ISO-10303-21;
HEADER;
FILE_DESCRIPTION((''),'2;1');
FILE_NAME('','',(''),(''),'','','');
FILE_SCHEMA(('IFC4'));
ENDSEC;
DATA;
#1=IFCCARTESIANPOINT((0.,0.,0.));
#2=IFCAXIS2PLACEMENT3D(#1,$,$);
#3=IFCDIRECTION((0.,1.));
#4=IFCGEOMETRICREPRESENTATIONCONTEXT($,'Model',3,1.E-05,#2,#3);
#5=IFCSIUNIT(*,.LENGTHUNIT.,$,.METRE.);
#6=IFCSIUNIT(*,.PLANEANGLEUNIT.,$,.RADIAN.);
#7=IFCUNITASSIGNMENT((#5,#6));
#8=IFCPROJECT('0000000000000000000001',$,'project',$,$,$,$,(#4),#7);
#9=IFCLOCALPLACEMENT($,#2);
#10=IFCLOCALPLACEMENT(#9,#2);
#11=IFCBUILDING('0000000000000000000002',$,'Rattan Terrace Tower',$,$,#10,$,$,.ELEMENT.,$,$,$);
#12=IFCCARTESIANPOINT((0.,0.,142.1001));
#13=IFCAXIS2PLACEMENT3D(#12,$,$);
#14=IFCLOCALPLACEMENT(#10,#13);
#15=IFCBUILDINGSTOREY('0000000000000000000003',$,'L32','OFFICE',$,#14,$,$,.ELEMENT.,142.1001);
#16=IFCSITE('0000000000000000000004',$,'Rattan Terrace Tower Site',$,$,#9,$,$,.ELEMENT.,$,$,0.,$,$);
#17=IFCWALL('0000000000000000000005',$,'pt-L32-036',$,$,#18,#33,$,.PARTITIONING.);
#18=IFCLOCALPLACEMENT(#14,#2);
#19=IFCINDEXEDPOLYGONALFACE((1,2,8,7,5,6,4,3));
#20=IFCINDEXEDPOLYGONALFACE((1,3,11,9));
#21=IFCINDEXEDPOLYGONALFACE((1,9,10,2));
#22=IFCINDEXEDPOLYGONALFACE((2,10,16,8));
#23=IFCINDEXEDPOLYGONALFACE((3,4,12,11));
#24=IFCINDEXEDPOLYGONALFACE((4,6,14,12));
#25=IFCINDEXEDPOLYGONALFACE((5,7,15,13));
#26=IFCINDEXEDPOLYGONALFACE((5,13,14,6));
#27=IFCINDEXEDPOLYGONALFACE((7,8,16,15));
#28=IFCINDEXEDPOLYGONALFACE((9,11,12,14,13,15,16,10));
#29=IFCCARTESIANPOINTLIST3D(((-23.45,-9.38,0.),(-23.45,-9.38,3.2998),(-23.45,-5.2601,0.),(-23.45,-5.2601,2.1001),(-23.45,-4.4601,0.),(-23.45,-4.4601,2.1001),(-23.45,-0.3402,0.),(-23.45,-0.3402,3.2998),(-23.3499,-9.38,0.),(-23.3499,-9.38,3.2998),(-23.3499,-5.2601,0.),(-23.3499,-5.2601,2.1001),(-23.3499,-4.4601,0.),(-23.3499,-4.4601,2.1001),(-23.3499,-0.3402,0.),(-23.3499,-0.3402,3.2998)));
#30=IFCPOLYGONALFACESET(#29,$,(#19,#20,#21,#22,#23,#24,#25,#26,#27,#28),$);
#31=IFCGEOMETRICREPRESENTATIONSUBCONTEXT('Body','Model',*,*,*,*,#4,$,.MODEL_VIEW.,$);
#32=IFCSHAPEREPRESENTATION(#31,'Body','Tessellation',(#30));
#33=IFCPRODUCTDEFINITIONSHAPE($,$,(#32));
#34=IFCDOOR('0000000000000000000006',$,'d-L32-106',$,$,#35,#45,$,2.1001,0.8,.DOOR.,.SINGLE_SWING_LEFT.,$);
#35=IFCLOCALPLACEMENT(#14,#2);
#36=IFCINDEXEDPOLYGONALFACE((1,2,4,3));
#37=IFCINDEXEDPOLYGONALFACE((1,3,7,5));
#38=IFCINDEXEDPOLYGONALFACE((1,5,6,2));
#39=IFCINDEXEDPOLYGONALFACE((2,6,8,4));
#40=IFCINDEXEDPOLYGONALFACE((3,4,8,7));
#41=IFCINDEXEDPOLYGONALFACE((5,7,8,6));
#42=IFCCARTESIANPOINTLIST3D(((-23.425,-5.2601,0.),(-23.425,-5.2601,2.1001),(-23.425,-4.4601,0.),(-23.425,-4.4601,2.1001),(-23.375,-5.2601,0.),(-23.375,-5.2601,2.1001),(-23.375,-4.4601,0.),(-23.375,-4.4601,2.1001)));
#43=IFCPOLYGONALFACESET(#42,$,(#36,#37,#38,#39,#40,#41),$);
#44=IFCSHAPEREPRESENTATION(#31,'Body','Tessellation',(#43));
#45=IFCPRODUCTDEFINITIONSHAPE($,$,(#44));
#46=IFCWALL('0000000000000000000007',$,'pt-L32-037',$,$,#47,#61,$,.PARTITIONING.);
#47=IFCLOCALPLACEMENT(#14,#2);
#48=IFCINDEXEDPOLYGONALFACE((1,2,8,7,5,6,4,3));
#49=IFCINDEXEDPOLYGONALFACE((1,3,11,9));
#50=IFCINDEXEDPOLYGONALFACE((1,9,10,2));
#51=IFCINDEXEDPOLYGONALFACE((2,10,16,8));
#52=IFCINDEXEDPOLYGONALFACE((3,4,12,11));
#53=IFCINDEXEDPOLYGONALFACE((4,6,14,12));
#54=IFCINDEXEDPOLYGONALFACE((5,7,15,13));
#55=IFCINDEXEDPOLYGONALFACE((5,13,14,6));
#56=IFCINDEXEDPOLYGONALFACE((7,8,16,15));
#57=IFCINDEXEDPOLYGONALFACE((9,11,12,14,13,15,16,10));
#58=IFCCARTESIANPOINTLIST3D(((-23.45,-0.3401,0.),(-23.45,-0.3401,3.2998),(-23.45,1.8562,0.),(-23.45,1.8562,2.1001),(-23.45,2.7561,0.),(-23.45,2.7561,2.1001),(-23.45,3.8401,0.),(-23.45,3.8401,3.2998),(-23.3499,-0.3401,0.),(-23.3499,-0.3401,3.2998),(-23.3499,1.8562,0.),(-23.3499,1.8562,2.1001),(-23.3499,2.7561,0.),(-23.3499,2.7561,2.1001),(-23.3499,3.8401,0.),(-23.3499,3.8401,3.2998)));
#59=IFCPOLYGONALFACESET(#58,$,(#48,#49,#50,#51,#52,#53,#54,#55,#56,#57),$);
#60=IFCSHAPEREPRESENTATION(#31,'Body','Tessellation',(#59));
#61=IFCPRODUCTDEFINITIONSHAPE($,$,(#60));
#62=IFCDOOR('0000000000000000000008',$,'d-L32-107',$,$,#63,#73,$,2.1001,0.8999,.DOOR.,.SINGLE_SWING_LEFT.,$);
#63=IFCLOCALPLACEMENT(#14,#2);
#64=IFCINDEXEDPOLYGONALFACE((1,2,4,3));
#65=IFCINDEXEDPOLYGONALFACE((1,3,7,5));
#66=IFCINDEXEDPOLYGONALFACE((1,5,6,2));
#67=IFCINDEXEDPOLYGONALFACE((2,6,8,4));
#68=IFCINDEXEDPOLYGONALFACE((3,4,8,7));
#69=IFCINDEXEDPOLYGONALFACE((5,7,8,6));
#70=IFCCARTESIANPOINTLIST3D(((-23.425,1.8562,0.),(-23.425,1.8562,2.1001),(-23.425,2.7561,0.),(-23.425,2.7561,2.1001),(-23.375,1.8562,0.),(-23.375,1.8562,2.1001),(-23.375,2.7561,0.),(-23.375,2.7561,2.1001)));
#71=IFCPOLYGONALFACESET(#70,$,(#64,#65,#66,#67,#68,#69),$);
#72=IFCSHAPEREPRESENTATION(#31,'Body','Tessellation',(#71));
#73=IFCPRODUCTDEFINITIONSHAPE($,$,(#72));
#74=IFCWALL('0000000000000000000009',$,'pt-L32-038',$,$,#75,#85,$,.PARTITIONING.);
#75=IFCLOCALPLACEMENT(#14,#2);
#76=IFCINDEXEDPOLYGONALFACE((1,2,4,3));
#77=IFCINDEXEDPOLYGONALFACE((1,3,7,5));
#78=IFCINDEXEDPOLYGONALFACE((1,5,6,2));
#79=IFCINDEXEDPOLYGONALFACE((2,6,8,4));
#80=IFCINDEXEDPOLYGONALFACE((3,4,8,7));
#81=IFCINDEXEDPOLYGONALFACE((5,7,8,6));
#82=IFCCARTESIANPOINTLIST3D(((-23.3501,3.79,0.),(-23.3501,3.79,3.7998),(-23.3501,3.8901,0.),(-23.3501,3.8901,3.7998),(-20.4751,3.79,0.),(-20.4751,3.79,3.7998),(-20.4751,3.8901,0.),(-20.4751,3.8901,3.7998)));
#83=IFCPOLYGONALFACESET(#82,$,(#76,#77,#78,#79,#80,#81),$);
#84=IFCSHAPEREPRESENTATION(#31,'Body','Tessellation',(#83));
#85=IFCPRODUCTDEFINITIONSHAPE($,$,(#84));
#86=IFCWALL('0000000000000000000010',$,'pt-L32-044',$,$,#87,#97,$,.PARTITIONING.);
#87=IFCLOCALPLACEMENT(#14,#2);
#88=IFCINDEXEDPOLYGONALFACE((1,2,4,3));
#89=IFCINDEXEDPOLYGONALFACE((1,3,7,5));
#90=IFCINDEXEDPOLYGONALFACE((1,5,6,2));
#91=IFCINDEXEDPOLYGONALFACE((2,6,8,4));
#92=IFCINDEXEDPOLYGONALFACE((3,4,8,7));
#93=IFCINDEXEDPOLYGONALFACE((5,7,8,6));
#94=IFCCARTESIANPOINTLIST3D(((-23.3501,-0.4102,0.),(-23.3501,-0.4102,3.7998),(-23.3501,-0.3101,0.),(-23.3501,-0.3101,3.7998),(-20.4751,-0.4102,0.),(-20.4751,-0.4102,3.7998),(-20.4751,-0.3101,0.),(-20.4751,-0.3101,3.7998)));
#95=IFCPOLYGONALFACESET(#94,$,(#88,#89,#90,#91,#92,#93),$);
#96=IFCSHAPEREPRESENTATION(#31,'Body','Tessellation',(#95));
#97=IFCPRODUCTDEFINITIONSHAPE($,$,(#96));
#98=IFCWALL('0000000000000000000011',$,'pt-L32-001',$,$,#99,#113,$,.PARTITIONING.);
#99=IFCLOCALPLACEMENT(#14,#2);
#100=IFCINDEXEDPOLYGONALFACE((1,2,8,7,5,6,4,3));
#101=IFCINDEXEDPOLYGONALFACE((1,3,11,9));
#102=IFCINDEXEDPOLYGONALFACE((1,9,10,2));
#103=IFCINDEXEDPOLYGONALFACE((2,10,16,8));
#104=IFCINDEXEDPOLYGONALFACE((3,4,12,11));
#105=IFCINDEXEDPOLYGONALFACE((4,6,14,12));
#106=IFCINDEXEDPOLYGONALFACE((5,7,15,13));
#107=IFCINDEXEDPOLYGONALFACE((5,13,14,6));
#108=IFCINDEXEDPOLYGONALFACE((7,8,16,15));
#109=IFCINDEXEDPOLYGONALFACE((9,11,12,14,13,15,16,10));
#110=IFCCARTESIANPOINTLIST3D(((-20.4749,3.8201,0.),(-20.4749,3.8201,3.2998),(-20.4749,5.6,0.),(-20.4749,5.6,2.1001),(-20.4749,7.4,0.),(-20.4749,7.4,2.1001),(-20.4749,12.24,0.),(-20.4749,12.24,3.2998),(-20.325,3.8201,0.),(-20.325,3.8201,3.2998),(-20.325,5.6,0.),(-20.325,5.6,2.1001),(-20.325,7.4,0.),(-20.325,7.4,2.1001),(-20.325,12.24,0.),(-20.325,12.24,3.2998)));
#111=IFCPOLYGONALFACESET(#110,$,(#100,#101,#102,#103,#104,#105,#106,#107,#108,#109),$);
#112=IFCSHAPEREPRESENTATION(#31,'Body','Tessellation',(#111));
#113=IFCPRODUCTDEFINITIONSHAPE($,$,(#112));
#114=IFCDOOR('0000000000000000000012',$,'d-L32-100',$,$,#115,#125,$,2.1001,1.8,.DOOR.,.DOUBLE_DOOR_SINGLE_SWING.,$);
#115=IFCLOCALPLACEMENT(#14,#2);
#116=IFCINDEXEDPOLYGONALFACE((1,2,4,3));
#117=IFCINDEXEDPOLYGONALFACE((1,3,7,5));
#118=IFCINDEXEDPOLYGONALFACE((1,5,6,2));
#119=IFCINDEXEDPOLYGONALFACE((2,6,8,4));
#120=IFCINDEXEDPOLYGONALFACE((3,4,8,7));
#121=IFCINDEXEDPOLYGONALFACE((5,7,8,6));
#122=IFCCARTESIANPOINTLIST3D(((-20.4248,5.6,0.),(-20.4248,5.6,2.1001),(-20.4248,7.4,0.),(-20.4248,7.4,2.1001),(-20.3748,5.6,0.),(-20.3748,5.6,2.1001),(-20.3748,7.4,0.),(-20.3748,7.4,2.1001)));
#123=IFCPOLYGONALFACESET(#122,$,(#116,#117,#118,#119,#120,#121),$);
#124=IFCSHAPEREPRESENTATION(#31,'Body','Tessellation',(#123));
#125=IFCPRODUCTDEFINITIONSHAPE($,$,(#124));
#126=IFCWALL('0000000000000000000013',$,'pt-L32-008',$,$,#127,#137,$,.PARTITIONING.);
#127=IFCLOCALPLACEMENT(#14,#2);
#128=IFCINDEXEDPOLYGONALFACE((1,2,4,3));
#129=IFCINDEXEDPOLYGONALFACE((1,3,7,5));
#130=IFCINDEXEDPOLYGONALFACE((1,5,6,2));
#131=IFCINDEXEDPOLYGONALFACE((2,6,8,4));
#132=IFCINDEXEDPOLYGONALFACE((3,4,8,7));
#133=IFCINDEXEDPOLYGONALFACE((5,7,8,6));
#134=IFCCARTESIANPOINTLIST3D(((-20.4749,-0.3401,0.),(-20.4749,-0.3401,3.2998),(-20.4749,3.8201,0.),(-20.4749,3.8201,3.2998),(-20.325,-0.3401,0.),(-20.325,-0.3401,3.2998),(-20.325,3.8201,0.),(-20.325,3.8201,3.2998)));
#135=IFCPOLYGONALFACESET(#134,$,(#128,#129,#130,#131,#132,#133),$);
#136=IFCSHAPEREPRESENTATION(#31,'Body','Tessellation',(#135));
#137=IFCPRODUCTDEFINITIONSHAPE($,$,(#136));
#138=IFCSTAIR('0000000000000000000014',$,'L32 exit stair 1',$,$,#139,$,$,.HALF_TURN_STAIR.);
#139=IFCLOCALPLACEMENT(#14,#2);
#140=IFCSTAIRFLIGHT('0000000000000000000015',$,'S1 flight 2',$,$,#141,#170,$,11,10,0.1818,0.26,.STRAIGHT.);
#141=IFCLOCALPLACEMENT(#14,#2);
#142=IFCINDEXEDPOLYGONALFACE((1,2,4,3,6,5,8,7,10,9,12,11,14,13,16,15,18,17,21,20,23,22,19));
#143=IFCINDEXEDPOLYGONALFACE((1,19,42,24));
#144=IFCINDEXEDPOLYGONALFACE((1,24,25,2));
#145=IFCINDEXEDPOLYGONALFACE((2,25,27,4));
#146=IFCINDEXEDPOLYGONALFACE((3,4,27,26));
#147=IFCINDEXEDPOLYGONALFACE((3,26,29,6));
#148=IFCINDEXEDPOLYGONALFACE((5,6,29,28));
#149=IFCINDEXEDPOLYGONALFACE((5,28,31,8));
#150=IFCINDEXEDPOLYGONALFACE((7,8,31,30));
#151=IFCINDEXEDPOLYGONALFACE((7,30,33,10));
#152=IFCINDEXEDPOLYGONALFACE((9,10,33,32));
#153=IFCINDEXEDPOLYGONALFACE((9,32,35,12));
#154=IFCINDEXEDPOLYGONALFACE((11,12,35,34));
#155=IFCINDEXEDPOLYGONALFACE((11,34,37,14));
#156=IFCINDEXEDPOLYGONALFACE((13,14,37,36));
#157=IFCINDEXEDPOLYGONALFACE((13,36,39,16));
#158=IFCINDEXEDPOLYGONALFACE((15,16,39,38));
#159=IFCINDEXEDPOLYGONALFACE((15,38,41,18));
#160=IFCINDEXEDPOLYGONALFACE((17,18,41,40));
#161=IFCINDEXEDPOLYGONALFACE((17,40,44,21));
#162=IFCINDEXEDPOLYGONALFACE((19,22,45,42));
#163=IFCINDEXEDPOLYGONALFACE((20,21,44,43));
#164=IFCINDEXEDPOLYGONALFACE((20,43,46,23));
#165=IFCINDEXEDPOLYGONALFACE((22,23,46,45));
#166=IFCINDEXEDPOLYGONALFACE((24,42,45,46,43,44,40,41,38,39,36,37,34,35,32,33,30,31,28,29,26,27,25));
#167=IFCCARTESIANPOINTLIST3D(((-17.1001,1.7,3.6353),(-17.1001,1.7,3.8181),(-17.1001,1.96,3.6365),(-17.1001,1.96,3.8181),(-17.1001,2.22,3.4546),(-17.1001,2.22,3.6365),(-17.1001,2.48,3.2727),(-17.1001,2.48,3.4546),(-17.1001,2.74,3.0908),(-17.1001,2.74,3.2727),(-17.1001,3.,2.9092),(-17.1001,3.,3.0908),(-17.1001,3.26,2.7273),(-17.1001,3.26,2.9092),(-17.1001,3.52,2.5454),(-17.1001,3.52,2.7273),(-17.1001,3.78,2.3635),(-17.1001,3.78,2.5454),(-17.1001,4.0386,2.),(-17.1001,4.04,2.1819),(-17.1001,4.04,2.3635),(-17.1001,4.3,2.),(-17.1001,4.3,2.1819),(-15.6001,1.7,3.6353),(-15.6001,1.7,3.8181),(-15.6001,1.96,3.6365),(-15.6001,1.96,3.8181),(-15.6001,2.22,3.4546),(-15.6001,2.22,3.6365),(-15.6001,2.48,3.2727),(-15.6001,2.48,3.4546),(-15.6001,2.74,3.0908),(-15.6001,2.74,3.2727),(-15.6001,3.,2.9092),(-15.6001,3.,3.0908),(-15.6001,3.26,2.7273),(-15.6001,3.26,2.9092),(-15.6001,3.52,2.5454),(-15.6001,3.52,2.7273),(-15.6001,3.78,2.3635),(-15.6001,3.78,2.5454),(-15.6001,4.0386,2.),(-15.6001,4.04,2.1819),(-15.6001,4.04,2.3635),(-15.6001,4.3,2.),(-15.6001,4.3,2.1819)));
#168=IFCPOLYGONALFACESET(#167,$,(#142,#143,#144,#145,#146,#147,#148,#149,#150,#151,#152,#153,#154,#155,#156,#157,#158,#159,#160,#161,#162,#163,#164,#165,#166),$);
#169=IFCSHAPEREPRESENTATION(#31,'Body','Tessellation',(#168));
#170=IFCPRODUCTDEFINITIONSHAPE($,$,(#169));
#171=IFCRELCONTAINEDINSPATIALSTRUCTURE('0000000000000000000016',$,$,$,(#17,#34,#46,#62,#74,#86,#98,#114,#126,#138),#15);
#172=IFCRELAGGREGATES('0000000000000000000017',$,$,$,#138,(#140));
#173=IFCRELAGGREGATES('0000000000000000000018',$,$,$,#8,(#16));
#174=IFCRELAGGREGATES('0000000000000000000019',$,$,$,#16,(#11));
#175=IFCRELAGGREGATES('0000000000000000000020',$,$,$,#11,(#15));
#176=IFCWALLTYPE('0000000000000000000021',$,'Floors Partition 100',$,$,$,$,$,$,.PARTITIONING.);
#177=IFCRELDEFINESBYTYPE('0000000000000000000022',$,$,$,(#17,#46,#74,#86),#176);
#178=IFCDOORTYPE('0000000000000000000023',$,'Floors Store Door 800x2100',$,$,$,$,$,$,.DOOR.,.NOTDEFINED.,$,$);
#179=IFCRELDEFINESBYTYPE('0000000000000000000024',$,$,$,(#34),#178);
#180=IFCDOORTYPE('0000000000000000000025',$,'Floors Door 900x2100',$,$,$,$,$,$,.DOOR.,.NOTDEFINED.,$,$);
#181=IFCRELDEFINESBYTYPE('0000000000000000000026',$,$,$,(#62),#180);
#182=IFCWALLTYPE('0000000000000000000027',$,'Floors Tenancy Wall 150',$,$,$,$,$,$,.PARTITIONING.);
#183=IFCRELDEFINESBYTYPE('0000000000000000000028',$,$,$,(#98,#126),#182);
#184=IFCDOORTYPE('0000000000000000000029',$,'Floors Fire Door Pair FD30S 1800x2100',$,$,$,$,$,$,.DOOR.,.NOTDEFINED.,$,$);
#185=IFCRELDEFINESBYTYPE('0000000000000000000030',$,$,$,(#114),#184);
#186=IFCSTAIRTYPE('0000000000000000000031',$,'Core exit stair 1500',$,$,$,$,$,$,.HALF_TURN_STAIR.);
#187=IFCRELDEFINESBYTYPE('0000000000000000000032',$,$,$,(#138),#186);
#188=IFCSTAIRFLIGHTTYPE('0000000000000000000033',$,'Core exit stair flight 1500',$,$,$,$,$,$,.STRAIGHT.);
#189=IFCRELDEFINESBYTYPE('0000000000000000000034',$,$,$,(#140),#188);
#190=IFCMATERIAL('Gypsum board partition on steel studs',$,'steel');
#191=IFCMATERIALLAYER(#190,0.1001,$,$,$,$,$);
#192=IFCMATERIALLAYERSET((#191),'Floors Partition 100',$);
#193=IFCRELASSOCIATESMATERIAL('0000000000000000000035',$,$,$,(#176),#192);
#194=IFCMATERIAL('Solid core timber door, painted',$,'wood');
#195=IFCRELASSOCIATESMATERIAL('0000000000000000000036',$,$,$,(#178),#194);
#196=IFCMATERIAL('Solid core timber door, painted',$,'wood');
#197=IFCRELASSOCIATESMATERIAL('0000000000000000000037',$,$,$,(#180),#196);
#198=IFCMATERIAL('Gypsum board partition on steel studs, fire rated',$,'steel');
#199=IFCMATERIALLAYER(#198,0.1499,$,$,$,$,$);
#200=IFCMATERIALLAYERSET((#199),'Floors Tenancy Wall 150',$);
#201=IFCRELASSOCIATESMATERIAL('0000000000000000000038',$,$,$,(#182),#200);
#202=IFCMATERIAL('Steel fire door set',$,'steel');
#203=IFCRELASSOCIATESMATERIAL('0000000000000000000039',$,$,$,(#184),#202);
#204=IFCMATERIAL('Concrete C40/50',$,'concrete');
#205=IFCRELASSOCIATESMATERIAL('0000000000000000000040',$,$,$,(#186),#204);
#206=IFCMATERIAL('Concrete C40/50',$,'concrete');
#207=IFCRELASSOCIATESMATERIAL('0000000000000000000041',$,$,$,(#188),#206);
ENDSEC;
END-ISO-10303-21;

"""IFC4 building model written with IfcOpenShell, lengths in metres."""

from ifc_helpers import new_model, si_unit, direction, frame, frame_2d, origin, place, context, subcontext, project, spatial, polyline, rectangle, outline, extrude, material, layer, layer_set, type_object, element, fill, aggregate, save


model = new_model("IFC4")

# Units and contexts
model_context = context("Model", 3, precision=1e-05, world=origin(), true_north=direction((0.0, 1.0)))
body_context = subcontext(model_context, "Body", "Model", "MODEL_VIEW")
ifc_project = project(units=[si_unit("LENGTHUNIT", "METRE"), si_unit("PLANEANGLEUNIT", "RADIAN")], contexts=[model_context])

# Site, building, storey
site_placement = place(None, origin())
site = spatial("IfcSite", under=ifc_project, at=site_placement, Name="Rattan Terrace Tower Site", CompositionType="ELEMENT", RefElevation=0.0)
building_placement = place(site_placement, origin())
building = spatial("IfcBuilding", under=site, at=building_placement, Name="Rattan Terrace Tower", CompositionType="ELEMENT")
storey_placement = place(building_placement, frame((0.0, 0.0, 142.1001)))
storey = spatial("IfcBuildingStorey", under=building, at=storey_placement, Name="L32", Description="OFFICE", CompositionType="ELEMENT", Elevation=142.1001)

# Walls, openings, doors
ifc_material_1 = material(Name="Gypsum board partition on steel studs", Category="steel")
ifc_layer_1 = layer(ifc_material_1, 0.1001)
ifc_layer_set_1 = layer_set([ifc_layer_1], Name="Floors Partition 100")
wall_type_1 = type_object("IfcWallType", Name="Floors Partition 100", PredefinedType="PARTITIONING", material=ifc_layer_set_1)
wall_1_placement = place(storey_placement, frame((-23.3999, -0.3401, 0.0), z_axis=(0.0, 0.0, 1.0), x_axis=(0.0, -1.0, 0.0)))
wall_1 = element("IfcWall", 1, at=wall_1_placement, inside=storey, type_object=wall_type_1, Name="pt-L32-036", PredefinedType="PARTITIONING", context=body_context, shape_type="SweptSolid", body=[
    extrude(rectangle(XDim=9.0398, YDim=0.1001, at=frame_2d((4.52, 0.0))), origin(), (0.0, 0.0, 1.0), 3.2998),
])
opening_1_placement = place(wall_1_placement, frame((4.1201, 0.0, 0.0)))
opening_1 = element("IfcOpeningElement", 2, at=opening_1_placement, cuts=wall_1, PredefinedType="OPENING", context=body_context, shape_type="SweptSolid", body=[
    extrude(rectangle(XDim=0.8, YDim=2.1001, at=frame_2d((0.3999, 1.05))), frame((0.0, 0.0605, 0.0), z_axis=(0.0, -1.0, 0.0), x_axis=(1.0, 0.0, 0.0)), (0.0, 0.0, 1.0), 0.1211),
])
ifc_material_2 = material(Name="Solid core timber door, painted", Category="wood")
door_type_1 = type_object("IfcDoorType", Name="Floors Store Door 800x2100", OperationType="NOTDEFINED", PredefinedType="DOOR", material=ifc_material_2)
door_1_placement = place(opening_1_placement, origin())
door_1 = element("IfcDoor", 3, at=door_1_placement, inside=storey, type_object=door_type_1, Name="d-L32-106", OperationType="SINGLE_SWING_LEFT", OverallHeight=2.1001, OverallWidth=0.8, PredefinedType="DOOR", context=body_context, shape_type="SweptSolid", body=[
    extrude(rectangle(XDim=0.8, YDim=2.1001, at=frame_2d((0.3999, 1.05))), frame((0.0, 0.0249, 0.0), z_axis=(0.0, -1.0, 0.0), x_axis=(1.0, 0.0, 0.0)), (0.0, 0.0, 1.0), 0.05),
])
fill(opening_1, door_1)
wall_2_placement = place(storey_placement, frame((-23.3999, 3.8401, 0.0), z_axis=(0.0, 0.0, 1.0), x_axis=(0.0, -1.0, 0.0)))
wall_2 = element("IfcWall", 4, at=wall_2_placement, inside=storey, type_object=wall_type_1, Name="pt-L32-037", PredefinedType="PARTITIONING", context=body_context, shape_type="SweptSolid", body=[
    extrude(rectangle(XDim=4.1802, YDim=0.1001, at=frame_2d((2.0901, 0.0))), origin(), (0.0, 0.0, 1.0), 3.2998),
])
opening_2_placement = place(wall_2_placement, frame((1.084, 0.0, 0.0)))
opening_2 = element("IfcOpeningElement", 5, at=opening_2_placement, cuts=wall_2, PredefinedType="OPENING", context=body_context, shape_type="SweptSolid", body=[
    extrude(rectangle(XDim=0.8999, YDim=2.1001, at=frame_2d((0.45, 1.05))), frame((0.0, 0.0605, 0.0), z_axis=(0.0, -1.0, 0.0), x_axis=(1.0, 0.0, 0.0)), (0.0, 0.0, 1.0), 0.1211),
])
ifc_material_3 = material(Name="Solid core timber door, painted", Category="wood")
door_type_2 = type_object("IfcDoorType", Name="Floors Door 900x2100", OperationType="NOTDEFINED", PredefinedType="DOOR", material=ifc_material_3)
door_2_placement = place(opening_2_placement, origin())
door_2 = element("IfcDoor", 6, at=door_2_placement, inside=storey, type_object=door_type_2, Name="d-L32-107", OperationType="SINGLE_SWING_LEFT", OverallHeight=2.1001, OverallWidth=0.8999, PredefinedType="DOOR", context=body_context, shape_type="SweptSolid", body=[
    extrude(rectangle(XDim=0.8999, YDim=2.1001, at=frame_2d((0.45, 1.05))), frame((0.0, 0.0249, 0.0), z_axis=(0.0, -1.0, 0.0), x_axis=(1.0, 0.0, 0.0)), (0.0, 0.0, 1.0), 0.05),
])
fill(opening_2, door_2)

# Walls
for number, where, z_axis, x_axis, name in (
    (7, (-20.4751, 3.8401, 0.0), (0.0, 0.0, 1.0), (-1.0, 0.0, 0.0), "pt-L32-038"),
    (8, (-23.3501, -0.3601, 0.0), (0.0, 0.0, 1.0), (1.0, 0.0, 0.0), "pt-L32-044"),
):
    element("IfcWall", number, at=place(storey_placement, frame(where, z_axis=z_axis, x_axis=x_axis)), inside=storey, type_object=wall_type_1, Name=name, PredefinedType="PARTITIONING", context=body_context, shape_type="SweptSolid", body=[
        extrude(rectangle(XDim=2.875, YDim=0.1001, at=frame_2d((1.4375, 0.0))), origin(), (0.0, 0.0, 1.0), 3.7998),
    ])

# Wall, opening, door
ifc_material_4 = material(Name="Gypsum board partition on steel studs, fire rated", Category="steel")
ifc_layer_2 = layer(ifc_material_4, 0.1499)
ifc_layer_set_2 = layer_set([ifc_layer_2], Name="Floors Tenancy Wall 150")
wall_type_2 = type_object("IfcWallType", Name="Floors Tenancy Wall 150", PredefinedType="PARTITIONING", material=ifc_layer_set_2)
wall_3_placement = place(storey_placement, frame((-20.3999, 3.8201, 0.0), z_axis=(0.0, 0.0, 1.0), x_axis=(0.0, 1.0, 0.0)))
wall_3 = element("IfcWall", 9, at=wall_3_placement, inside=storey, type_object=wall_type_2, Name="pt-L32-001", PredefinedType="PARTITIONING", context=body_context, shape_type="SweptSolid", body=[
    extrude(rectangle(XDim=8.4199, YDim=0.1499, at=frame_2d((4.21, 0.0))), origin(), (0.0, 0.0, 1.0), 3.2998),
])
opening_3_placement = place(wall_3_placement, frame((1.78, 0.0, 0.0)))
opening_3 = element("IfcOpeningElement", 10, at=opening_3_placement, cuts=wall_3, PredefinedType="OPENING", context=body_context, shape_type="SweptSolid", body=[
    extrude(rectangle(XDim=1.8, YDim=2.1001, at=frame_2d((0.8999, 1.05))), frame((0.0, 0.0854, 0.0), z_axis=(0.0, -1.0, 0.0), x_axis=(1.0, 0.0, 0.0)), (0.0, 0.0, 1.0), 0.1709),
])
ifc_material_5 = material(Name="Steel fire door set", Category="steel")
door_type_3 = type_object("IfcDoorType", Name="Floors Fire Door Pair FD30S 1800x2100", OperationType="NOTDEFINED", PredefinedType="DOOR", material=ifc_material_5)
door_3_placement = place(opening_3_placement, origin())
door_3 = element("IfcDoor", 11, at=door_3_placement, inside=storey, type_object=door_type_3, Name="d-L32-100", OperationType="DOUBLE_DOOR_SINGLE_SWING", OverallHeight=2.1001, OverallWidth=1.8, PredefinedType="DOOR", context=body_context, shape_type="SweptSolid", body=[
    extrude(rectangle(XDim=1.8, YDim=2.1001, at=frame_2d((0.8999, 1.05))), frame((0.0, 0.0249, 0.0), z_axis=(0.0, -1.0, 0.0), x_axis=(1.0, 0.0, 0.0)), (0.0, 0.0, 1.0), 0.05),
])
fill(opening_3, door_3)

# Wall
wall_4_placement = place(storey_placement, frame((-20.3999, -0.3401, 0.0), z_axis=(0.0, 0.0, 1.0), x_axis=(0.0, 1.0, 0.0)))
element("IfcWall", 12, at=wall_4_placement, inside=storey, type_object=wall_type_2, Name="pt-L32-008", PredefinedType="PARTITIONING", context=body_context, shape_type="SweptSolid", body=[
    extrude(rectangle(XDim=4.1602, YDim=0.1499, at=frame_2d((2.0801, 0.0))), origin(), (0.0, 0.0, 1.0), 3.2998),
])

# Stair, stair flight
ifc_material_6 = material(Name="Concrete C40/50", Category="concrete")
stair_type = type_object("IfcStairType", Name="Core exit stair 1500", PredefinedType="HALF_TURN_STAIR", material=ifc_material_6)
stair_placement = place(storey_placement, origin())
stair = element("IfcStair", 13, at=stair_placement, inside=storey, type_object=stair_type, Name="L32 exit stair 1", PredefinedType="HALF_TURN_STAIR")
ifc_material_7 = material(Name="Concrete C40/50", Category="concrete")
stair_flight_type = type_object("IfcStairFlightType", Name="Core exit stair flight 1500", PredefinedType="STRAIGHT", material=ifc_material_7)
stair_flight_placement = place(storey_placement, frame((-16.3501, 4.3, 2.0), z_axis=(0.0, 0.0, 1.0), x_axis=(0.0, -1.0, 0.0)))
stair_flight = element("IfcStairFlight", 14, at=stair_flight_placement, type_object=stair_flight_type, Name="S1 flight 2", NumberOfRisers=11, NumberOfTreads=10, PredefinedType="STRAIGHT", RiserHeight=0.1818, TreadLength=0.26, context=body_context, shape_type="SweptSolid", body=[
    extrude(outline(polyline([(0.0, 0.0), (0.0, 0.1819), (0.26, 0.1819), (0.26, 0.3635), (0.52, 0.3635), (0.52, 0.5454), (0.78, 0.5454), (0.78, 0.7273), (1.04, 0.7273), (1.04, 0.9092), (1.3, 0.9092), (1.3, 1.0908), (1.5601, 1.0908), (1.5601, 1.2727), (1.8201, 1.2727), (1.8201, 1.4546), (2.0801, 1.4546), (2.0801, 1.6365), (2.3401, 1.6365), (2.3401, 1.8181), (2.6001, 1.8181), (2.6001, 2.0), (2.6001, 1.6353), (0.2615, 0.0), (0.0, 0.0)])), frame((0.0, 0.75, 0.0), z_axis=(0.0, -1.0, 0.0), x_axis=(1.0, 0.0, 0.0)), (0.0, 0.0, 1.0), 1.5),
])
aggregate(stair, [stair_flight])

save(model, "model.ifc")
